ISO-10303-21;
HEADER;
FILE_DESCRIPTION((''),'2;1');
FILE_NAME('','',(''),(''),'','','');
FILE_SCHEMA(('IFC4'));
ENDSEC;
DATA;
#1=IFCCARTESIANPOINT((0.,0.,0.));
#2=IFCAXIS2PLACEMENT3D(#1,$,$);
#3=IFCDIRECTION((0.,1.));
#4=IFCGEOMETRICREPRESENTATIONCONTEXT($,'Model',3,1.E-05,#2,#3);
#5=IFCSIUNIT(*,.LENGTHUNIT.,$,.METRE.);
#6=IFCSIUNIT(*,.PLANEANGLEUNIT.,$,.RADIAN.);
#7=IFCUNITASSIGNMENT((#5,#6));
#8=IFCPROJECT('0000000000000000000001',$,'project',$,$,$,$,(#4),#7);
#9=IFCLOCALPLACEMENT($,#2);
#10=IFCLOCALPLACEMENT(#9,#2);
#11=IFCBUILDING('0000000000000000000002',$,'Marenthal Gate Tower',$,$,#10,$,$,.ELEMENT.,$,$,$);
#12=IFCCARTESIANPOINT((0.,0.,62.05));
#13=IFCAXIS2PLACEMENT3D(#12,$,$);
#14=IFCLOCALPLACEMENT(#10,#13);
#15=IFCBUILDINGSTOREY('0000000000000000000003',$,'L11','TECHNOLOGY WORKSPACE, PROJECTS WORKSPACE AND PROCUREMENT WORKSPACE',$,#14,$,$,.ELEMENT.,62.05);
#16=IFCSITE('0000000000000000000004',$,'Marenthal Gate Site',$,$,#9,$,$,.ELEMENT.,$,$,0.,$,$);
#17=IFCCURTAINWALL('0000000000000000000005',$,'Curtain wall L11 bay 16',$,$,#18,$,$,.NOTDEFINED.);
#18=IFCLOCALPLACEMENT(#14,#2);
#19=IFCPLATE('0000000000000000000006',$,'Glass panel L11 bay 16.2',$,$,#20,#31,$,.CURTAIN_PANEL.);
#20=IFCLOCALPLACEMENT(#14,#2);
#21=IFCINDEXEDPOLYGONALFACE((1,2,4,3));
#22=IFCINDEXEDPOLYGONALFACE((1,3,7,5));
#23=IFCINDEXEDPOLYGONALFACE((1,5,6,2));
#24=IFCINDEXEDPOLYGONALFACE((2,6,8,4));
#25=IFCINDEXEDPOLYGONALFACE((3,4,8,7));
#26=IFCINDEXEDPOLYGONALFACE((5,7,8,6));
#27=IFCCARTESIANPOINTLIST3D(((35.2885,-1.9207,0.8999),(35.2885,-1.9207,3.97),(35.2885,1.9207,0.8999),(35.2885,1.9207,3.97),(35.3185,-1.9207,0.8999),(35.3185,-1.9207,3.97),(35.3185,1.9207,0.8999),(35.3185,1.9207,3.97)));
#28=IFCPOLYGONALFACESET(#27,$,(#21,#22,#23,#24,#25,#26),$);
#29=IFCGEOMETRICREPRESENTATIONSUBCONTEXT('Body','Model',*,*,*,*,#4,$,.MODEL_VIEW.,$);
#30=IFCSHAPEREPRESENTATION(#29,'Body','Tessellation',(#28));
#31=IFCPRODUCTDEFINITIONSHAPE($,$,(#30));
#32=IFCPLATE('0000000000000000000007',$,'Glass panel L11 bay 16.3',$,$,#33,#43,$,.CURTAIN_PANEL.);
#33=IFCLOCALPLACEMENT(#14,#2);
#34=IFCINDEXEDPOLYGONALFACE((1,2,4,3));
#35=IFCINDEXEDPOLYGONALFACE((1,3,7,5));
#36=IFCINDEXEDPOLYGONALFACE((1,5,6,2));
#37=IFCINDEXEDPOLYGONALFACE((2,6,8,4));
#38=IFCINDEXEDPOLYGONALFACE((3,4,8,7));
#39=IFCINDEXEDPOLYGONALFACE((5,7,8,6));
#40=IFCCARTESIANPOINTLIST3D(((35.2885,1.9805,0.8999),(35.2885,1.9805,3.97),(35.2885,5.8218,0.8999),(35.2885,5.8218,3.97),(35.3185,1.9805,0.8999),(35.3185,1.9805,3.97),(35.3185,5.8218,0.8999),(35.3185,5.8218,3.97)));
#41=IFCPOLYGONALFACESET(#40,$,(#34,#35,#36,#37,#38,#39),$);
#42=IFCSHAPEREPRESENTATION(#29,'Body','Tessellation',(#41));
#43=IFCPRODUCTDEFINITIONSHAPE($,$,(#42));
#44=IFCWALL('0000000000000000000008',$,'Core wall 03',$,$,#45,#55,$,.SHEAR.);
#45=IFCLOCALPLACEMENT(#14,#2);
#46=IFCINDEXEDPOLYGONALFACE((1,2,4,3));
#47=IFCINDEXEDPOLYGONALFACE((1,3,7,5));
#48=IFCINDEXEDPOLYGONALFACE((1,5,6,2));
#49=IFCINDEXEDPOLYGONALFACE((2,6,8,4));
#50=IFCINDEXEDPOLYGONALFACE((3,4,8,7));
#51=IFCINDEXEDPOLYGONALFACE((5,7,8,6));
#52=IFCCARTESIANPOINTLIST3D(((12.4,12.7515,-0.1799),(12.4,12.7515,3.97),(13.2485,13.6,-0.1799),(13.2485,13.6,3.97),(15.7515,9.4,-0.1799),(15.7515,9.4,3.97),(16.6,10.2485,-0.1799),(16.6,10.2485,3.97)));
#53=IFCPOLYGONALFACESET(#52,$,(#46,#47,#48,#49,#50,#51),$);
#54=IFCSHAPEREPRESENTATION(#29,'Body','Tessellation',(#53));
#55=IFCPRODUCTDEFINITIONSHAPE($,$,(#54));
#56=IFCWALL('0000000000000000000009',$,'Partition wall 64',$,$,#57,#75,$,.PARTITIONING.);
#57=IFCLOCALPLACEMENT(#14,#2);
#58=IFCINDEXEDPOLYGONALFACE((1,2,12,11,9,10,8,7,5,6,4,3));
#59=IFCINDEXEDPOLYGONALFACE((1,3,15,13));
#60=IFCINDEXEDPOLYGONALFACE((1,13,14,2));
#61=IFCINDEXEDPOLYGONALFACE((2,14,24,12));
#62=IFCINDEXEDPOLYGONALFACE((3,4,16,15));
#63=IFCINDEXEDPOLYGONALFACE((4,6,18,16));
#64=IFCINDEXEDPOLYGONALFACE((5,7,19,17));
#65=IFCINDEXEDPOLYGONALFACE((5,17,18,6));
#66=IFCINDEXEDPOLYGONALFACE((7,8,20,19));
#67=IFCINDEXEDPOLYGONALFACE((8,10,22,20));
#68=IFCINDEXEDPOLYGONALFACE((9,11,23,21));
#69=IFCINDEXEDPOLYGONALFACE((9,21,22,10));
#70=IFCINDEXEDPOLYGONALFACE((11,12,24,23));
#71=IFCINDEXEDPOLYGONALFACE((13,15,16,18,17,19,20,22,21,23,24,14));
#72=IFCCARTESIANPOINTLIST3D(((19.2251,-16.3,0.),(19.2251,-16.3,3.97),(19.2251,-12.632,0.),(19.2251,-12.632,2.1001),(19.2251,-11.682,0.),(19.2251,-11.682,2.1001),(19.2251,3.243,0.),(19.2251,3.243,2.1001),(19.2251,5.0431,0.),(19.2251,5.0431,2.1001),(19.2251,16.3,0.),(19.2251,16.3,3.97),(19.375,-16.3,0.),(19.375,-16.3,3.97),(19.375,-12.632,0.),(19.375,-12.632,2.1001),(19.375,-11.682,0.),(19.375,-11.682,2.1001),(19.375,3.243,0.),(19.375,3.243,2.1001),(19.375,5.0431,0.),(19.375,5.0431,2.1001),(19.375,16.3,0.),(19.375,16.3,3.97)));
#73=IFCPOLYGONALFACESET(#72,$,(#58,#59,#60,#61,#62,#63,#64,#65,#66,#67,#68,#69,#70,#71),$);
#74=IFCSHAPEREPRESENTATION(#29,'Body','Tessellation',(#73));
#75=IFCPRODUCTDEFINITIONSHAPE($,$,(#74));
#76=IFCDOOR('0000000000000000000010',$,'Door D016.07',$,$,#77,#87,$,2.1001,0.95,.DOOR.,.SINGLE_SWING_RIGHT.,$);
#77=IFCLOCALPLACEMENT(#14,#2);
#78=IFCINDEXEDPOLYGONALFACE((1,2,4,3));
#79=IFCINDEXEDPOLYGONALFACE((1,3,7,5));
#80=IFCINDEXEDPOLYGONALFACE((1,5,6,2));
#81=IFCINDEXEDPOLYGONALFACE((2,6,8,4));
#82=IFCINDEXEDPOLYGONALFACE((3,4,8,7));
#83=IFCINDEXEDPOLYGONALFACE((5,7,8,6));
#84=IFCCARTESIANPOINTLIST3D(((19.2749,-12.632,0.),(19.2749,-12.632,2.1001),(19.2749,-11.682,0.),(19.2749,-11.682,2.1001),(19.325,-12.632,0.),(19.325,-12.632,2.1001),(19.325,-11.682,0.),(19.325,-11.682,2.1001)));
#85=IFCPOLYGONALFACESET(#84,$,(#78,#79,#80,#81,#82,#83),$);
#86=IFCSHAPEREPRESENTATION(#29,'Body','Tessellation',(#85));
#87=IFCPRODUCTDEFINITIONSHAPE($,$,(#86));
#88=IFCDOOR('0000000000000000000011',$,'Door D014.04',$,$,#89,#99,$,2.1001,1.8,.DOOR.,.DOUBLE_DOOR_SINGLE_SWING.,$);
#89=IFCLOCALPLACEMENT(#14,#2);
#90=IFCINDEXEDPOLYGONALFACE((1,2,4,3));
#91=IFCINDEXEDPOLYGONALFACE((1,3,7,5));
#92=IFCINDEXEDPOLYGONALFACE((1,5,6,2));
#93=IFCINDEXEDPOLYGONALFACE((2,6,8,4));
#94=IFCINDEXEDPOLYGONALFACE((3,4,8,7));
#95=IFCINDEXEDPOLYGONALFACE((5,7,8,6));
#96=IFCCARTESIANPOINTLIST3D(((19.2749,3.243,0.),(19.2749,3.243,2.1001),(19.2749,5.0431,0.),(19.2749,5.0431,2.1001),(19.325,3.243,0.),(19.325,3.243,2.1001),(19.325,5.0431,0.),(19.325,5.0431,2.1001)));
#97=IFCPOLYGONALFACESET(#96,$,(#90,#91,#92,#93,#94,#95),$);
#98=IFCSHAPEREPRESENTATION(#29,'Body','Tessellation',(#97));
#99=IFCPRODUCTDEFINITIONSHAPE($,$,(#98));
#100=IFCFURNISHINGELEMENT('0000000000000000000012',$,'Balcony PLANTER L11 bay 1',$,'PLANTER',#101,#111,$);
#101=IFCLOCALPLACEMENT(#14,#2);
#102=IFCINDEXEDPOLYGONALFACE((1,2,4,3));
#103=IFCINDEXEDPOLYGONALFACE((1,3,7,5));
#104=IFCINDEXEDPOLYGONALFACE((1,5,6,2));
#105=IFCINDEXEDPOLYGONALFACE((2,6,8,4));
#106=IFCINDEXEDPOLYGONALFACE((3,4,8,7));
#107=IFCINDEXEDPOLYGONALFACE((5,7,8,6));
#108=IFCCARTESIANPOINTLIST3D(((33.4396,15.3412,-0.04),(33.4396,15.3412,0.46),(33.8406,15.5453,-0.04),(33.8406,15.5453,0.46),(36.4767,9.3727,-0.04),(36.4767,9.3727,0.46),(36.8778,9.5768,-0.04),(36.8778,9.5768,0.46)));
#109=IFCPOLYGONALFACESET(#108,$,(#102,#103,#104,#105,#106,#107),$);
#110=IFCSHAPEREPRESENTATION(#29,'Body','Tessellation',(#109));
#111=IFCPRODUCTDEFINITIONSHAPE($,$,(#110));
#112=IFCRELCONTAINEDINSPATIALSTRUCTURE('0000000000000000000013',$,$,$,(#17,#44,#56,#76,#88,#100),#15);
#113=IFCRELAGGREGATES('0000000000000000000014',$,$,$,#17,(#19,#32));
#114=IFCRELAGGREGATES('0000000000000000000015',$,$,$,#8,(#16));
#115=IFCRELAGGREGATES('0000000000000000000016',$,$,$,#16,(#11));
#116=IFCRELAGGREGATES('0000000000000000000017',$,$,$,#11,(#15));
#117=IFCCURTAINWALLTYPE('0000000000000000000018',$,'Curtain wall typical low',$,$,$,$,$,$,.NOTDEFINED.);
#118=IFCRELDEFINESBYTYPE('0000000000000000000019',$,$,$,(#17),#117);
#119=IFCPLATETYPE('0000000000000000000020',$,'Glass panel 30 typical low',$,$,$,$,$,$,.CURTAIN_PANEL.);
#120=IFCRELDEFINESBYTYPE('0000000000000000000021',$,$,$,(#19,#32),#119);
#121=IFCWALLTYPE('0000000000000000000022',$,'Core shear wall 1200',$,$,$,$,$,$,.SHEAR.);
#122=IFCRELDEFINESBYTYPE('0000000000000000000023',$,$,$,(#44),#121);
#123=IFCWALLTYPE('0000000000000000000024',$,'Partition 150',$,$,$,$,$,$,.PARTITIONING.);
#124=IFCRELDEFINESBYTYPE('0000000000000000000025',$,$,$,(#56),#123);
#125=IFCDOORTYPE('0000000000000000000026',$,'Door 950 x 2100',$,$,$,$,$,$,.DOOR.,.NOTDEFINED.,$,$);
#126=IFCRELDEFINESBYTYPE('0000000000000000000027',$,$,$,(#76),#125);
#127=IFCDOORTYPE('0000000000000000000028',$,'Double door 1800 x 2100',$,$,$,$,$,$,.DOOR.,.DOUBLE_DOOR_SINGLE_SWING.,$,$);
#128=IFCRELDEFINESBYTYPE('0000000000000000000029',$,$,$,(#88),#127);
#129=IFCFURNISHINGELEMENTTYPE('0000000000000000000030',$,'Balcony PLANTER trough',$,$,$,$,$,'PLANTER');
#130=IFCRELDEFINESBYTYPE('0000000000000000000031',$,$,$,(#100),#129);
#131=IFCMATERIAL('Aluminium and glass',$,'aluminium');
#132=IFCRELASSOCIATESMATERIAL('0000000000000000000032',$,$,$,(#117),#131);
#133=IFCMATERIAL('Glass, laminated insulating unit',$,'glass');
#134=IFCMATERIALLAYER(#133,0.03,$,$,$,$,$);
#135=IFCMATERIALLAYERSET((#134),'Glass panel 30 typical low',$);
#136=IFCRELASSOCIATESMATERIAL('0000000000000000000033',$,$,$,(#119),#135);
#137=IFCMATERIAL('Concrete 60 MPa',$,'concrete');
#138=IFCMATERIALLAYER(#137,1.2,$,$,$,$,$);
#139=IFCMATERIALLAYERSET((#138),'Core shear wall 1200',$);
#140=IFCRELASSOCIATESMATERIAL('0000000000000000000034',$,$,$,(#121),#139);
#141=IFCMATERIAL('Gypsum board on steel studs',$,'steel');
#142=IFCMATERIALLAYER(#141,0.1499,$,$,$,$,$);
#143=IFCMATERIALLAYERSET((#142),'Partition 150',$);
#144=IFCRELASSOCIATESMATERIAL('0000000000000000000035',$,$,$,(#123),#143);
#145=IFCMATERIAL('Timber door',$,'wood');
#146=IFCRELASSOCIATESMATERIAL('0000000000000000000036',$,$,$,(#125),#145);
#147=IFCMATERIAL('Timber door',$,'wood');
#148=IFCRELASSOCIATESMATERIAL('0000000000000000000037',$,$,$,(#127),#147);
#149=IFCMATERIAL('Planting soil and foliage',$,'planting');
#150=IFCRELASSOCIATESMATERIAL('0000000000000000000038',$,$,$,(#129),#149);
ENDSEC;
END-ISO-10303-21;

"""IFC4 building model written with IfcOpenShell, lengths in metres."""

from ifc_helpers import new_model, si_unit, direction, frame, frame_2d, origin, origin_2d, place, context, subcontext, project, spatial, rectangle, extrude, material, layer, layer_set, type_object, element, fill, aggregate, save


model = new_model("IFC4")

# Units and contexts
model_context = context("Model", 3, precision=1e-05, world=origin(), true_north=direction((0.0, 1.0)))
body_context = subcontext(model_context, "Body", "Model", "MODEL_VIEW")
ifc_project = project(units=[si_unit("LENGTHUNIT", "METRE"), si_unit("PLANEANGLEUNIT", "RADIAN")], contexts=[model_context])

# Site, building, storey
site_placement = place(None, origin())
site = spatial("IfcSite", under=ifc_project, at=site_placement, Name="Marenthal Gate Site", CompositionType="ELEMENT", RefElevation=0.0)
building_placement = place(site_placement, origin())
building = spatial("IfcBuilding", under=site, at=building_placement, Name="Marenthal Gate Tower", CompositionType="ELEMENT")
storey_placement = place(building_placement, frame((0.0, 0.0, 62.05)))
storey = spatial("IfcBuildingStorey", under=building, at=storey_placement, Name="L11", Description="TECHNOLOGY WORKSPACE, PROJECTS WORKSPACE AND PROCUREMENT WORKSPACE", CompositionType="ELEMENT", Elevation=62.05)

# Curtain wall
ifc_material_1 = material(Name="Aluminium and glass", Category="aluminium")
curtain_wall_type = type_object("IfcCurtainWallType", Name="Curtain wall typical low", PredefinedType="NOTDEFINED", material=ifc_material_1)
curtain_wall_placement = place(storey_placement, origin())
curtain_wall = element("IfcCurtainWall", 1, at=curtain_wall_placement, inside=storey, type_object=curtain_wall_type, Name="Curtain wall L11 bay 16", PredefinedType="NOTDEFINED")

# Plates
ifc_material_2 = material(Name="Glass, laminated insulating unit", Category="glass")
ifc_layer_1 = layer(ifc_material_2, 0.03)
ifc_layer_set_1 = layer_set([ifc_layer_1], Name="Glass panel 30 typical low")
plate_type = type_object("IfcPlateType", Name="Glass panel 30 typical low", PredefinedType="CURTAIN_PANEL", material=ifc_layer_set_1)
plate_1_placement = place(storey_placement, frame((35.3035, 0.0, 0.8999), z_axis=(0.0, 0.0, 1.0), x_axis=(0.0, 1.0, 0.0)))
plate_1 = element("IfcPlate", 2, at=plate_1_placement, type_object=plate_type, Name="Glass panel L11 bay 16.2", PredefinedType="CURTAIN_PANEL", context=body_context, shape_type="SweptSolid", body=[
    extrude(rectangle(XDim=3.8413, YDim=0.03, at=origin_2d()), origin(), (0.0, 0.0, 1.0), 3.0701),
])
plate_2_placement = place(storey_placement, frame((35.3035, 3.9011, 0.8999), z_axis=(0.0, 0.0, 1.0), x_axis=(0.0, 1.0, 0.0)))
plate_2 = element("IfcPlate", 3, at=plate_2_placement, type_object=plate_type, Name="Glass panel L11 bay 16.3", PredefinedType="CURTAIN_PANEL", context=body_context, shape_type="SweptSolid", body=[
    extrude(rectangle(XDim=3.8413, YDim=0.03, at=origin_2d()), origin(), (0.0, 0.0, 1.0), 3.0701),
])
aggregate(curtain_wall, [plate_1, plate_2])

# Wall
ifc_material_3 = material(Name="Concrete 60 MPa", Category="concrete")
ifc_layer_2 = layer(ifc_material_3, 1.2)
ifc_layer_set_2 = layer_set([ifc_layer_2], Name="Core shear wall 1200")
wall_type_1 = type_object("IfcWallType", Name="Core shear wall 1200", PredefinedType="SHEAR", material=ifc_layer_set_2)
wall_1_placement = place(storey_placement, frame((16.1758, 9.8242, -0.1799), z_axis=(0.0, 0.0, 1.0), x_axis=(-0.707107, 0.707107, 0.0)))
element("IfcWall", 4, at=wall_1_placement, inside=storey, type_object=wall_type_1, Name="Core wall 03", PredefinedType="SHEAR", context=body_context, shape_type="SweptSolid", body=[
    extrude(rectangle(XDim=4.7397, YDim=1.2, at=frame_2d((2.3699, 0.0))), origin(), (0.0, 0.0, 1.0), 4.1499),
])

# Wall, openings, doors
ifc_material_4 = material(Name="Gypsum board on steel studs", Category="steel")
ifc_layer_3 = layer(ifc_material_4, 0.1499)
ifc_layer_set_3 = layer_set([ifc_layer_3], Name="Partition 150")
wall_type_2 = type_object("IfcWallType", Name="Partition 150", PredefinedType="PARTITIONING", material=ifc_layer_set_3)
wall_2_placement = place(storey_placement, frame((19.3, 16.3, 0.0), z_axis=(0.0, 0.0, 1.0), x_axis=(0.0, -1.0, 0.0)))
wall_2 = element("IfcWall", 5, at=wall_2_placement, inside=storey, type_object=wall_type_2, Name="Partition wall 64", PredefinedType="PARTITIONING", context=body_context, shape_type="SweptSolid", body=[
    extrude(rectangle(XDim=32.6001, YDim=0.1499, at=frame_2d((16.3, 0.0))), origin(), (0.0, 0.0, 1.0), 3.97),
])
opening_1_placement = place(wall_2_placement, frame((27.9819, 0.0, 0.0)))
opening_1 = element("IfcOpeningElement", 6, at=opening_1_placement, cuts=wall_2, PredefinedType="OPENING", context=body_context, shape_type="SweptSolid", body=[
    extrude(rectangle(XDim=0.95, YDim=2.1001, at=frame_2d((0.4751, 1.05))), frame((0.0, 0.085, 0.0), z_axis=(0.0, -1.0, 0.0), x_axis=(1.0, 0.0, 0.0)), (0.0, 0.0, 1.0), 0.1699),
])
opening_2_placement = place(wall_2_placement, frame((11.2571, 0.0, 0.0)))
opening_2 = element("IfcOpeningElement", 7, at=opening_2_placement, cuts=wall_2, PredefinedType="OPENING", context=body_context, shape_type="SweptSolid", body=[
    extrude(rectangle(XDim=1.8, YDim=2.1001, at=frame_2d((0.8999, 1.05))), frame((0.0, 0.085, 0.0), z_axis=(0.0, -1.0, 0.0), x_axis=(1.0, 0.0, 0.0)), (0.0, 0.0, 1.0), 0.1699),
])
ifc_material_5 = material(Name="Timber door", Category="wood")
door_type_1 = type_object("IfcDoorType", Name="Door 950 x 2100", OperationType="NOTDEFINED", PredefinedType="DOOR", material=ifc_material_5)
door_1_placement = place(opening_1_placement, origin())
door_1 = element("IfcDoor", 8, at=door_1_placement, inside=storey, type_object=door_type_1, Name="Door D016.07", OperationType="SINGLE_SWING_RIGHT", OverallHeight=2.1001, OverallWidth=0.95, PredefinedType="DOOR", context=body_context, shape_type="SweptSolid", body=[
    extrude(rectangle(XDim=0.95, YDim=2.1001, at=frame_2d((0.4751, 1.05))), frame((0.0, 0.0249, 0.0), z_axis=(0.0, -1.0, 0.0), x_axis=(1.0, 0.0, 0.0)), (0.0, 0.0, 1.0), 0.05),
])
fill(opening_1, door_1)
ifc_material_6 = material(Name="Timber door", Category="wood")
door_type_2 = type_object("IfcDoorType", Name="Double door 1800 x 2100", OperationType="DOUBLE_DOOR_SINGLE_SWING", PredefinedType="DOOR", material=ifc_material_6)
door_2_placement = place(opening_2_placement, origin())
door_2 = element("IfcDoor", 9, at=door_2_placement, inside=storey, type_object=door_type_2, Name="Door D014.04", OperationType="DOUBLE_DOOR_SINGLE_SWING", OverallHeight=2.1001, OverallWidth=1.8, PredefinedType="DOOR", context=body_context, shape_type="SweptSolid", body=[
    extrude(rectangle(XDim=1.8, YDim=2.1001, at=frame_2d((0.8999, 1.05))), frame((0.0, 0.0249, 0.0), z_axis=(0.0, -1.0, 0.0), x_axis=(1.0, 0.0, 0.0)), (0.0, 0.0, 1.0), 0.05),
])
fill(opening_2, door_2)

# Furnishing element
ifc_material_7 = material(Name="Planting soil and foliage", Category="planting")
furnishing_element_type = type_object("IfcFurnishingElementType", Name="Balcony PLANTER trough", ElementType="PLANTER", material=ifc_material_7)
furnishing_placement = place(storey_placement, frame((35.1587, 12.459, -0.04), z_axis=(0.0, 0.0, 1.0), x_axis=(-0.453518, 0.891247, 0.0)))
element("IfcFurnishingElement", 10, at=furnishing_placement, inside=storey, type_object=furnishing_element_type, Name="Balcony PLANTER L11 bay 1", ObjectType="PLANTER", context=body_context, shape_type="SweptSolid", body=[
    extrude(rectangle(XDim=6.6968, YDim=0.45, at=origin_2d()), origin(), (0.0, 0.0, 1.0), 0.5),
])

save(model, "model.ifc")
